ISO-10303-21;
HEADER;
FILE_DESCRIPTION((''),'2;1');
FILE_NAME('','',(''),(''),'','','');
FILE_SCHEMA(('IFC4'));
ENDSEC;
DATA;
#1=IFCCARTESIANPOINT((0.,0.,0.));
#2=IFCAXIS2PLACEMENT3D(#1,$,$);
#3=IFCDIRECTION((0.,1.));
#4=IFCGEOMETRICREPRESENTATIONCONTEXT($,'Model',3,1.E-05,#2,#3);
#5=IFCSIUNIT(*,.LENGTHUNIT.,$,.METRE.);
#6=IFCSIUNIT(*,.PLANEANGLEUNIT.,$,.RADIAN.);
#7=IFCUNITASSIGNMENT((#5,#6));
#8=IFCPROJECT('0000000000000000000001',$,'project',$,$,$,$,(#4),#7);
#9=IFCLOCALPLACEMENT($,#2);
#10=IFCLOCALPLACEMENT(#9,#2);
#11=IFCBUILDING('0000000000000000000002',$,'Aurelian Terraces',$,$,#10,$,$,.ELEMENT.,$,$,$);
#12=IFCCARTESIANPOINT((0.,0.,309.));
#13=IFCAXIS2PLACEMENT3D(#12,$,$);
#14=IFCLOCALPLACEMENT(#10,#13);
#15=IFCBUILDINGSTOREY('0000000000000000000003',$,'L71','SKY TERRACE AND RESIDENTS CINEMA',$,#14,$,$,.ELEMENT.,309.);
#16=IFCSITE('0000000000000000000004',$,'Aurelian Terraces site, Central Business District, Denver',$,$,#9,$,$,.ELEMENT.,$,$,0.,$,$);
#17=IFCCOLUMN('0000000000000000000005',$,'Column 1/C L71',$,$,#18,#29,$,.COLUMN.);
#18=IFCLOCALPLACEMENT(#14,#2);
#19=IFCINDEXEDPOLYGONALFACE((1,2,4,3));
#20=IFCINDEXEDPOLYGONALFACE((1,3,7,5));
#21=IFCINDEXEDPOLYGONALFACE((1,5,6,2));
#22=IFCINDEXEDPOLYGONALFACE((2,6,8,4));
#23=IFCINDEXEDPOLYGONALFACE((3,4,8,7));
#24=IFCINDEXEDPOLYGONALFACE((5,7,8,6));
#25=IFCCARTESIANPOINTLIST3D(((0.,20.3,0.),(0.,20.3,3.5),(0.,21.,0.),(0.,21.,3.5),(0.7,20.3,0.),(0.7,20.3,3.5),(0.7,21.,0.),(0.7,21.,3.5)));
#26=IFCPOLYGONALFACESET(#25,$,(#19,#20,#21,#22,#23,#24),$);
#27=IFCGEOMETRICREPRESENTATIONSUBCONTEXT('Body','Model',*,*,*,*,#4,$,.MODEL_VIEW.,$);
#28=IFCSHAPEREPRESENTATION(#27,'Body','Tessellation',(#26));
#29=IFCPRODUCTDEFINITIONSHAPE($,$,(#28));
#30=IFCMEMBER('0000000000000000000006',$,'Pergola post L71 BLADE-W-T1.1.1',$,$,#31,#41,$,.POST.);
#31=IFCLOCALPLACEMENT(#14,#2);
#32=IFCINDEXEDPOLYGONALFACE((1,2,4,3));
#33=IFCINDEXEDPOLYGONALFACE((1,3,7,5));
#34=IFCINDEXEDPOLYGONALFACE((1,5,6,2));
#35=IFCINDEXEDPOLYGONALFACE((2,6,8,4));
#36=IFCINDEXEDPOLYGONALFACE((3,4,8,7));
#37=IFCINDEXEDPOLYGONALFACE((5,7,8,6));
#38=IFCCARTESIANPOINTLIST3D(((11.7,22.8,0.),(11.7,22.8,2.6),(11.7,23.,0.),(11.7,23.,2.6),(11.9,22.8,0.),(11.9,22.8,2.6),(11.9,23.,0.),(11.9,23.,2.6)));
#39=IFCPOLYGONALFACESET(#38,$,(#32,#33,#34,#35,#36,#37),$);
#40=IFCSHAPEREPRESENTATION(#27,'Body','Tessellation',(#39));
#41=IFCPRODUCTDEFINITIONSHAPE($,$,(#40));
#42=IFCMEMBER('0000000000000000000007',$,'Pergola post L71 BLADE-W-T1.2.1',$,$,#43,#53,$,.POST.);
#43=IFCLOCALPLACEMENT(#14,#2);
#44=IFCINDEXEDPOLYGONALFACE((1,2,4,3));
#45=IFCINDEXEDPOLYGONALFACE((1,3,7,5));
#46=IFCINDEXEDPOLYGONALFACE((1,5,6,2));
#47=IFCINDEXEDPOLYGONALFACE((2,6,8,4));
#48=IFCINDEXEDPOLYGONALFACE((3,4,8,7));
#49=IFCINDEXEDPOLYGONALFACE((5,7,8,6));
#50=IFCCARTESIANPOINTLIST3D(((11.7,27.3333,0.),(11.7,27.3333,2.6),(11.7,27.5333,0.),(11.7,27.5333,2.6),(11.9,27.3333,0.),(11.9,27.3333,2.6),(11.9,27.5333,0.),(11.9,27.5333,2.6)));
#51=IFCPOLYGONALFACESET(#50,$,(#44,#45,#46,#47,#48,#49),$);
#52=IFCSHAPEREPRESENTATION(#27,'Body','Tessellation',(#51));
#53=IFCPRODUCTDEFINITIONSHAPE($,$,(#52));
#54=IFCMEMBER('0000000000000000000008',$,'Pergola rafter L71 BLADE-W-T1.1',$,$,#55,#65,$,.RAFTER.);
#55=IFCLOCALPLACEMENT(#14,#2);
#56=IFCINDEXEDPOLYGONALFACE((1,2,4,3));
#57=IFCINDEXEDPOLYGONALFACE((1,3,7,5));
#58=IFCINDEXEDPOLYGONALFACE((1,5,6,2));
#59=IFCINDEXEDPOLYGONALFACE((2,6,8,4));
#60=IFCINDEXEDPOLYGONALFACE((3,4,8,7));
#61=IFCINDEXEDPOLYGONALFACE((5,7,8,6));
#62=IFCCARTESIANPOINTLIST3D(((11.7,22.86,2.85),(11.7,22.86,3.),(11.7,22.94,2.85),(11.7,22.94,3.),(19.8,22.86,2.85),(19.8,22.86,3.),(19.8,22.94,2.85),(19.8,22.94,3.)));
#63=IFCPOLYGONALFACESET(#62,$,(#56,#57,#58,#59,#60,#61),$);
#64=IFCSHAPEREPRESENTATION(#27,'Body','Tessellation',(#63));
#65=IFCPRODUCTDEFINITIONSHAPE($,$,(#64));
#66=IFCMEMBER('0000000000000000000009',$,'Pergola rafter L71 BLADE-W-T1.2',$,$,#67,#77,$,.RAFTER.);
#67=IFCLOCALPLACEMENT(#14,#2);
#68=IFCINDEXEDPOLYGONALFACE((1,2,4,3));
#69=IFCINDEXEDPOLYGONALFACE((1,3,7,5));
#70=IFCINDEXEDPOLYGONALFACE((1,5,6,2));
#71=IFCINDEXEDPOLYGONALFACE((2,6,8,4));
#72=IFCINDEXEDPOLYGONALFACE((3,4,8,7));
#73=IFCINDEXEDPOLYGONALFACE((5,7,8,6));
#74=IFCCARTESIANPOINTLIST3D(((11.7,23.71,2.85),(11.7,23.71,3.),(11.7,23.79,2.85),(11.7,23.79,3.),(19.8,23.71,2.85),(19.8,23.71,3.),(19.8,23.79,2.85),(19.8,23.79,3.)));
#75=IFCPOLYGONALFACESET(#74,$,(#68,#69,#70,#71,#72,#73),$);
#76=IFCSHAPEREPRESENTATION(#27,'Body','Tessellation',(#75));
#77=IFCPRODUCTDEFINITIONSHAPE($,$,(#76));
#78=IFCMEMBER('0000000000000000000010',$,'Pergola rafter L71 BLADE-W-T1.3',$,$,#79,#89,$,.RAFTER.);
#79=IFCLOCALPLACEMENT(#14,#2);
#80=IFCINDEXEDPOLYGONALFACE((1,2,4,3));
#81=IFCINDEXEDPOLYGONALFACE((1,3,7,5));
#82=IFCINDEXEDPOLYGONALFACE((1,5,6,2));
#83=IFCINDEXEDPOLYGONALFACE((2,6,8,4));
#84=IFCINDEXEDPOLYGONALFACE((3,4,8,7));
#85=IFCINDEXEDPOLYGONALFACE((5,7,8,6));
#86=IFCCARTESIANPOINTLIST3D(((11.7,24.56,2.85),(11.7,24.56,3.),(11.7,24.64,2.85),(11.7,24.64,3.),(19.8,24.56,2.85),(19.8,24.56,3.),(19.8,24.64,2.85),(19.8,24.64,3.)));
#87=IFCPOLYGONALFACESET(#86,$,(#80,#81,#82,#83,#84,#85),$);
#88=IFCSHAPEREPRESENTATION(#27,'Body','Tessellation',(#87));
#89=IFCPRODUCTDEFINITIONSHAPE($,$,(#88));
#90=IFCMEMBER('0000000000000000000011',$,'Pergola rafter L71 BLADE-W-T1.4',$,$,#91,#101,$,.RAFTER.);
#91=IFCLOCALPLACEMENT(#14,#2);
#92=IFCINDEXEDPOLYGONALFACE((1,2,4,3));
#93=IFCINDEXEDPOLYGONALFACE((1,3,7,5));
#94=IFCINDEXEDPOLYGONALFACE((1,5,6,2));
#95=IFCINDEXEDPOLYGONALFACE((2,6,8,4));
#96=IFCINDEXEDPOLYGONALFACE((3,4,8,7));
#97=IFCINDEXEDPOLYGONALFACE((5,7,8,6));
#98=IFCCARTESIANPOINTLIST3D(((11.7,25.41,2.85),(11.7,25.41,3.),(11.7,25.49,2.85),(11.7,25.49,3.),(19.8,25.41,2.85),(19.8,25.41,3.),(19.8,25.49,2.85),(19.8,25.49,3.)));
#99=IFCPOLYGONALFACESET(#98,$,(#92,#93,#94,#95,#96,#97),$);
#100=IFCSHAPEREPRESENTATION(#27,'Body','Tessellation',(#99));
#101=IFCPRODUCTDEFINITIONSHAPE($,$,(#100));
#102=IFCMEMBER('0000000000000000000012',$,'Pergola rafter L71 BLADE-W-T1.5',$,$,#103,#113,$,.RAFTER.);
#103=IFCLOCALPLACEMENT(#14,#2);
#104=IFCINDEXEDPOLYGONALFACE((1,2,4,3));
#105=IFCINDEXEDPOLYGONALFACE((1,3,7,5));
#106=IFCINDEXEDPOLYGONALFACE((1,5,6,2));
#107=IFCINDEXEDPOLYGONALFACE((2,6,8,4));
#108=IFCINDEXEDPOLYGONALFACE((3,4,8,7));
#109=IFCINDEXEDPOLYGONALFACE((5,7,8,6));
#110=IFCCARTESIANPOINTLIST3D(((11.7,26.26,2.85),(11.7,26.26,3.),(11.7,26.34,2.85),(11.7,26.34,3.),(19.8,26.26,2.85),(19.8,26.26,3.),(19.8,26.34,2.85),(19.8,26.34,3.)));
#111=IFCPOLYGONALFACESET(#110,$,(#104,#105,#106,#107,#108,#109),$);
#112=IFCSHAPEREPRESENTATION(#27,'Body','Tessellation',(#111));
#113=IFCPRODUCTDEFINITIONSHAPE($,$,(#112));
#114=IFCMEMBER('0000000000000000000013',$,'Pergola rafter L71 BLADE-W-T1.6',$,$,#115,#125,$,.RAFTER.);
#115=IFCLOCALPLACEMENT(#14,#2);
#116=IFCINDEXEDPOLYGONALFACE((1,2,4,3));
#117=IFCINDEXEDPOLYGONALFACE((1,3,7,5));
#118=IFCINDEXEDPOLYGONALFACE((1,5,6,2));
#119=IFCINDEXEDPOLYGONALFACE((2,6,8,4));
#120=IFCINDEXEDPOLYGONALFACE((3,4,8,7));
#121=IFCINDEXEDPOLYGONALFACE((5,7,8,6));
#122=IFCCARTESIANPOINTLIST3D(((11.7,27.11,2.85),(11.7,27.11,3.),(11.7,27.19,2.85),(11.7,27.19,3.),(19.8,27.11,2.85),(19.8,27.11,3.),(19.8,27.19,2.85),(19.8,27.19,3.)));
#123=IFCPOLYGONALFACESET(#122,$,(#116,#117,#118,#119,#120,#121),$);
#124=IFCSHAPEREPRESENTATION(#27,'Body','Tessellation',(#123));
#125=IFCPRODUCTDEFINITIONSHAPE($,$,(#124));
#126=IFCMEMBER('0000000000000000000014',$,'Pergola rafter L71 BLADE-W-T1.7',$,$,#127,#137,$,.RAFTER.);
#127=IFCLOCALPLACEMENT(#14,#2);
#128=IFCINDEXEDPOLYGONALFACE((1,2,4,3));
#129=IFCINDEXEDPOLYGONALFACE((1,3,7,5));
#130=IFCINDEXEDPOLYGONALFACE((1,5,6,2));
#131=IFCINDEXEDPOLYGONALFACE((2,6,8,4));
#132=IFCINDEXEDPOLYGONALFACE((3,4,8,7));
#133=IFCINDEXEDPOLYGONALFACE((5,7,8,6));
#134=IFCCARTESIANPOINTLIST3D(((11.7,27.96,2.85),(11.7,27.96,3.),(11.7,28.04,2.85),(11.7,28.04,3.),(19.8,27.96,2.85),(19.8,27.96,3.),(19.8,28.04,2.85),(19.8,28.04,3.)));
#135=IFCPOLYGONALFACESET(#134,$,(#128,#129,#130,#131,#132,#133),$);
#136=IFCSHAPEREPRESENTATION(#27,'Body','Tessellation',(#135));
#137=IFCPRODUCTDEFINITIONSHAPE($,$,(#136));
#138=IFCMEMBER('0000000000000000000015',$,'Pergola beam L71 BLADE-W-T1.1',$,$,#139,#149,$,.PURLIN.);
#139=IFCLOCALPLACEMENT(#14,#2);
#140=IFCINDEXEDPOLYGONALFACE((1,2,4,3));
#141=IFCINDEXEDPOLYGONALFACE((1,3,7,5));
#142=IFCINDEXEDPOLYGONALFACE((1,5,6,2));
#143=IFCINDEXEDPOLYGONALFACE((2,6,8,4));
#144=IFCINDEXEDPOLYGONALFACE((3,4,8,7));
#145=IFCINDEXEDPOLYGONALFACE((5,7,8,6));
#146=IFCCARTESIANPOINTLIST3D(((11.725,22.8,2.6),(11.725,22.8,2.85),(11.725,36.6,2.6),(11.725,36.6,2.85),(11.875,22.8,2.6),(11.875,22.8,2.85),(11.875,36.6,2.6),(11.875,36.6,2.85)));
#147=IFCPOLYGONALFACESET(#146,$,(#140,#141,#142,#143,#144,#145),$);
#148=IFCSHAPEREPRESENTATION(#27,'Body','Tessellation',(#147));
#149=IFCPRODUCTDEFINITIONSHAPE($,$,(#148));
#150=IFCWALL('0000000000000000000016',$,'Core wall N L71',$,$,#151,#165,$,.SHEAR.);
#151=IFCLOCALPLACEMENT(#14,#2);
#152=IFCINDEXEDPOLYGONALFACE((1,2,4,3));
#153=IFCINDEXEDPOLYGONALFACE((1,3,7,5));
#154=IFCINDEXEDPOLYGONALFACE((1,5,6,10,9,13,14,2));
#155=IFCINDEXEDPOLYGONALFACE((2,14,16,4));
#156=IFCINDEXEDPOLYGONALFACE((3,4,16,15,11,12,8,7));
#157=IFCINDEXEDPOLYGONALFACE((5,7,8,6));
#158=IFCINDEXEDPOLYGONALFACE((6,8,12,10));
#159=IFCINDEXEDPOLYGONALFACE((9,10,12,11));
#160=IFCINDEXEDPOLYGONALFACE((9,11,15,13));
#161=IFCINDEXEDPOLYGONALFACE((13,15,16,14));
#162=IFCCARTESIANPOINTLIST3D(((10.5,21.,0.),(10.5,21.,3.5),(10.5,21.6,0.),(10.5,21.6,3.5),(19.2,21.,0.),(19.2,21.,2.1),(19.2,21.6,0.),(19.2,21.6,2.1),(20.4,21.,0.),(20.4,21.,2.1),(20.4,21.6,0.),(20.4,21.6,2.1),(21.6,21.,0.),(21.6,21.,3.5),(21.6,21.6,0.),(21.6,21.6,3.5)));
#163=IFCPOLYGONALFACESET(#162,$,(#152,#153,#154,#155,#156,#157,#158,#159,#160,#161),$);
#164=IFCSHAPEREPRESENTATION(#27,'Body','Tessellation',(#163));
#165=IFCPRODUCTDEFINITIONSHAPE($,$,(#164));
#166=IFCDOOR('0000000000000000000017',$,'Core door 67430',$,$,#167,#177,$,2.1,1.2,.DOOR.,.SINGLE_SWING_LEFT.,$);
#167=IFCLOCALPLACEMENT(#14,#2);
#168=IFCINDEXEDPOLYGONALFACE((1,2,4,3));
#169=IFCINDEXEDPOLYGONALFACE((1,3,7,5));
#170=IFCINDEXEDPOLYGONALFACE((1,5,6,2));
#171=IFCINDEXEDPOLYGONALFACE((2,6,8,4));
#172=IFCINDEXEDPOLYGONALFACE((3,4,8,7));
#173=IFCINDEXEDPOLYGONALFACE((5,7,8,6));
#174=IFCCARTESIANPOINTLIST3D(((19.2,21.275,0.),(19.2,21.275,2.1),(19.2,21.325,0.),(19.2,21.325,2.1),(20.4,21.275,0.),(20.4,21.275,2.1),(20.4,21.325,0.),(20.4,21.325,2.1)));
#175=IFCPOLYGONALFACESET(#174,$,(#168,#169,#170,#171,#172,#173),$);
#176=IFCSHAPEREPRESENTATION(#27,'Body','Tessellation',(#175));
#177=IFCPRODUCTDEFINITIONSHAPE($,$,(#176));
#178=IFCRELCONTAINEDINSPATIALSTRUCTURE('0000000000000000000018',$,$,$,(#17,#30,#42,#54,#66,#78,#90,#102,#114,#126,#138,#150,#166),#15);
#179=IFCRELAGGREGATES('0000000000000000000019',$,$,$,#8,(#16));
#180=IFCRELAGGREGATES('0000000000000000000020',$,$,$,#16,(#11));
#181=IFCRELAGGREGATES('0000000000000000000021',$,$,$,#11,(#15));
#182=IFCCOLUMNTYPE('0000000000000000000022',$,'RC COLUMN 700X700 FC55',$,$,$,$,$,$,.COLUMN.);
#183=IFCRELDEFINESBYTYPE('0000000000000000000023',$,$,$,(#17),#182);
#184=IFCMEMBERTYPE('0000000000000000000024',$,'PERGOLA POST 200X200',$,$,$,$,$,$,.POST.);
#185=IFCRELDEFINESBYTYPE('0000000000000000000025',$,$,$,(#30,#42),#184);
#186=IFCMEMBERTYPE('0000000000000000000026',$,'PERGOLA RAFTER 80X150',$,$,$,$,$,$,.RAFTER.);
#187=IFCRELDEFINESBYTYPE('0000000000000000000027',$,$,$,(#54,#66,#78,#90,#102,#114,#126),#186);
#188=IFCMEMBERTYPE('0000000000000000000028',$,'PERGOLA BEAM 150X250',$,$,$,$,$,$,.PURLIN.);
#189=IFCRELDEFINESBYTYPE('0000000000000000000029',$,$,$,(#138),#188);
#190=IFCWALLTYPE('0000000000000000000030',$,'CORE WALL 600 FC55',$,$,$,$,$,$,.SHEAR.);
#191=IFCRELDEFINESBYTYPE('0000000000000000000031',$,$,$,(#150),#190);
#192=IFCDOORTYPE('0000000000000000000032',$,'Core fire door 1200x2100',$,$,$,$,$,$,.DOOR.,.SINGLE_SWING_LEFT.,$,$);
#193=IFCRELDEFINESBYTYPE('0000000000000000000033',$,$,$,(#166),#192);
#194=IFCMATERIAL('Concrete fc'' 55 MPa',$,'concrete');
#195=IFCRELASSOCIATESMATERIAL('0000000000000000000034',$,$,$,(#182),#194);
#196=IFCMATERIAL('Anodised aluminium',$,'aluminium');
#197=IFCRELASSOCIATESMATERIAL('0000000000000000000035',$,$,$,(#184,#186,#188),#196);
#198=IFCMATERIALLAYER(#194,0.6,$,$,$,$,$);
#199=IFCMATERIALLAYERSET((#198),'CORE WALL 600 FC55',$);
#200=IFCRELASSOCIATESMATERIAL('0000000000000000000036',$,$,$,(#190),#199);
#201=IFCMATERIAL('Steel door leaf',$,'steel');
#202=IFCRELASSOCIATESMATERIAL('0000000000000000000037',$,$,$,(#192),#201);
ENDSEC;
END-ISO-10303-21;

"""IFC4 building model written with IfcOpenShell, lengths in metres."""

from ifc_helpers import new_model, si_unit, direction, frame, frame_2d, origin, origin_2d, place, context, subcontext, project, spatial, rectangle, extrude, source, transform, mapped, material, layer, layer_set, material_profile, profile_set, type_object, element, fill, save


model = new_model("IFC4")

# Units and contexts
model_context = context("Model", 3, precision=1e-05, world=origin(), true_north=direction((0.0, 1.0)))
body_context = subcontext(model_context, "Body", "Model", "MODEL_VIEW")
ifc_project = project(units=[si_unit("LENGTHUNIT", "METRE"), si_unit("PLANEANGLEUNIT", "RADIAN")], contexts=[model_context])

# Site, building, storey
site_placement = place(None, origin())
site = spatial("IfcSite", under=ifc_project, at=site_placement, Name="Aurelian Terraces site, Central Business District, Denver", CompositionType="ELEMENT", RefElevation=0.0)
building_placement = place(site_placement, origin())
building = spatial("IfcBuilding", under=site, at=building_placement, Name="Aurelian Terraces", CompositionType="ELEMENT")
storey_placement = place(building_placement, frame((0.0, 0.0, 309.0)))
storey = spatial("IfcBuildingStorey", under=building, at=storey_placement, Name="L71", Description="SKY TERRACE AND RESIDENTS CINEMA", CompositionType="ELEMENT", Elevation=309.0)

# Column
ifc_material_1 = material(Name="Concrete fc' 55 MPa", Category="concrete")
ifc_material_profile_1 = material_profile(ifc_material_1, rectangle(XDim=0.7, YDim=0.7, at=origin_2d()))
ifc_profile_set_1 = profile_set([ifc_material_profile_1], Name="Concrete fc' 55 MPa")
column_type = type_object("IfcColumnType", Name="RC COLUMN 700X700 FC55", PredefinedType="COLUMN", material=ifc_profile_set_1)
shared_shape_1 = source(origin(), body_context, "Body", "SweptSolid", [
    extrude(rectangle(XDim=0.7, YDim=0.7, at=origin_2d()), origin(), (0.0, 0.0, 1.0), 3.5),
])
column_placement = place(storey_placement, frame((0.35, 20.65, 0.0), z_axis=(0.0, 0.0, 1.0), x_axis=(1.0, 0.0, 0.0)))
element("IfcColumn", 1, at=column_placement, inside=storey, type_object=column_type, Name="Column 1/C L71", PredefinedType="COLUMN", context=body_context, shape_type="MappedRepresentation", body=[
    mapped(shared_shape_1, transform((0.0, 0.0, 0.0), scale=1.0)),
])

# Members
ifc_material_2 = material(Name="Anodised aluminium", Category="aluminium")
ifc_material_profile_2 = material_profile(ifc_material_2, rectangle(XDim=0.2, YDim=0.2, at=origin_2d()))
ifc_profile_set_2 = profile_set([ifc_material_profile_2], Name="Anodised aluminium")
member_type_1 = type_object("IfcMemberType", Name="PERGOLA POST 200X200", PredefinedType="POST", material=ifc_profile_set_2)
shared_shape_2 = source(origin(), body_context, "Body", "SweptSolid", [
    extrude(rectangle(XDim=0.2, YDim=0.2, at=origin_2d()), origin(), (0.0, 0.0, 1.0), 2.6),
])
for number, where, z_axis, x_axis, name in (
    (2, (11.8, 22.9, 0.0), (0.0, 0.0, 1.0), (1.0, 0.0, 0.0), "Pergola post L71 BLADE-W-T1.1.1"),
    (3, (11.8, 27.4333, 0.0), (0.0, 0.0, 1.0), (1.0, 0.0, 0.0), "Pergola post L71 BLADE-W-T1.2.1"),
):
    element("IfcMember", number, at=place(storey_placement, frame(where, z_axis=z_axis, x_axis=x_axis)), inside=storey, type_object=member_type_1, Name=name, PredefinedType="POST", context=body_context, shape_type="MappedRepresentation", body=[
        mapped(shared_shape_2, transform((0.0, 0.0, 0.0), scale=1.0)),
    ])
ifc_material_profile_3 = material_profile(ifc_material_2, rectangle(XDim=0.08, YDim=0.15, at=origin_2d()))
ifc_profile_set_3 = profile_set([ifc_material_profile_3], Name="Anodised aluminium")
member_type_2 = type_object("IfcMemberType", Name="PERGOLA RAFTER 80X150", PredefinedType="RAFTER", material=ifc_profile_set_3)
shared_shape_3 = source(origin(), body_context, "Body", "SweptSolid", [
    extrude(rectangle(XDim=0.08, YDim=0.15, at=origin_2d()), origin(), (0.0, 0.0, 1.0), 8.1),
])
for number, where, z_axis, x_axis, name in (
    (4, (11.7, 22.9, 2.925), (1.0, 0.0, 0.0), (0.0, 1.0, 0.0), "Pergola rafter L71 BLADE-W-T1.1"),
    (5, (11.7, 23.75, 2.925), (1.0, 0.0, 0.0), (0.0, 1.0, 0.0), "Pergola rafter L71 BLADE-W-T1.2"),
    (6, (11.7, 24.6, 2.925), (1.0, 0.0, 0.0), (0.0, 1.0, 0.0), "Pergola rafter L71 BLADE-W-T1.3"),
    (7, (11.7, 25.45, 2.925), (1.0, 0.0, 0.0), (0.0, 1.0, 0.0), "Pergola rafter L71 BLADE-W-T1.4"),
    (8, (11.7, 26.3, 2.925), (1.0, 0.0, 0.0), (0.0, 1.0, 0.0), "Pergola rafter L71 BLADE-W-T1.5"),
    (9, (11.7, 27.15, 2.925), (1.0, 0.0, 0.0), (0.0, 1.0, 0.0), "Pergola rafter L71 BLADE-W-T1.6"),
    (10, (11.7, 28.0, 2.925), (1.0, 0.0, 0.0), (0.0, 1.0, 0.0), "Pergola rafter L71 BLADE-W-T1.7"),
):
    element("IfcMember", number, at=place(storey_placement, frame(where, z_axis=z_axis, x_axis=x_axis)), inside=storey, type_object=member_type_2, Name=name, PredefinedType="RAFTER", context=body_context, shape_type="MappedRepresentation", body=[
        mapped(shared_shape_3, transform((0.0, 0.0, 0.0), scale=1.0)),
    ])
ifc_material_profile_4 = material_profile(ifc_material_2, rectangle(XDim=0.15, YDim=0.25, at=origin_2d()))
ifc_profile_set_4 = profile_set([ifc_material_profile_4], Name="Anodised aluminium")
member_type_3 = type_object("IfcMemberType", Name="PERGOLA BEAM 150X250", PredefinedType="PURLIN", material=ifc_profile_set_4)
shared_shape_4 = source(origin(), body_context, "Body", "SweptSolid", [
    extrude(rectangle(XDim=0.15, YDim=0.25, at=origin_2d()), origin(), (0.0, 0.0, 1.0), 13.8),
])
member_placement = place(storey_placement, frame((11.8, 22.8, 2.725), z_axis=(0.0, 1.0, 0.0), x_axis=(-1.0, 0.0, 0.0)))
element("IfcMember", 11, at=member_placement, inside=storey, type_object=member_type_3, Name="Pergola beam L71 BLADE-W-T1.1", PredefinedType="PURLIN", context=body_context, shape_type="MappedRepresentation", body=[
    mapped(shared_shape_4, transform((0.0, 0.0, 0.0), scale=1.0)),
])

# Wall, opening, door
ifc_layer_1 = layer(ifc_material_1, 0.6)
ifc_layer_set_1 = layer_set([ifc_layer_1], Name="CORE WALL 600 FC55")
wall_type_1 = type_object("IfcWallType", Name="CORE WALL 600 FC55", PredefinedType="SHEAR", material=ifc_layer_set_1)
shared_shape_5 = source(origin(), body_context, "Body", "SweptSolid", [
    extrude(rectangle(XDim=11.1, YDim=0.6, at=frame_2d((5.55, 0.0))), origin(), (0.0, 0.0, 1.0), 3.5),
])
wall_1_placement = place(storey_placement, frame((10.5, 21.3, 0.0), z_axis=(0.0, 0.0, 1.0), x_axis=(1.0, 0.0, 0.0)))
wall_1 = element("IfcWall", 12, at=wall_1_placement, inside=storey, type_object=wall_type_1, Name="Core wall N L71", PredefinedType="SHEAR", context=body_context, shape_type="MappedRepresentation", body=[
    mapped(shared_shape_5, transform((0.0, 0.0, 0.0), scale=1.0)),
])
shared_shape_6 = source(origin(), body_context, "Body", "SweptSolid", [
    extrude(rectangle(XDim=1.2, YDim=2.1, at=frame_2d((0.6, 1.05))), frame((0.0, 0.31, 0.0), z_axis=(0.0, -1.0, 0.0), x_axis=(1.0, 0.0, 0.0)), (0.0, 0.0, 1.0), 0.62),
])
opening_1_placement = place(wall_1_placement, frame((8.7, 0.0, 0.0)))
opening_1 = element("IfcOpeningElement", 13, at=opening_1_placement, cuts=wall_1, PredefinedType="OPENING", context=body_context, shape_type="MappedRepresentation", body=[
    mapped(shared_shape_6, transform((0.0, 0.0, 0.0), scale=1.0)),
])
ifc_material_3 = material(Name="Steel door leaf", Category="steel")
door_type = type_object("IfcDoorType", Name="Core fire door 1200x2100", OperationType="SINGLE_SWING_LEFT", PredefinedType="DOOR", material=ifc_material_3)
shared_shape_7 = source(origin(), body_context, "Body", "SweptSolid", [
    extrude(rectangle(XDim=1.2, YDim=2.1, at=frame_2d((0.6, 1.05))), frame((0.0, 0.025, 0.0), z_axis=(0.0, -1.0, 0.0), x_axis=(1.0, 0.0, 0.0)), (0.0, 0.0, 1.0), 0.05),
])
door_placement = place(opening_1_placement, origin())
door = element("IfcDoor", 14, at=door_placement, inside=storey, type_object=door_type, Name="Core door 67430", OperationType="SINGLE_SWING_LEFT", OverallHeight=2.1, OverallWidth=1.2, PredefinedType="DOOR", context=body_context, shape_type="MappedRepresentation", body=[
    mapped(shared_shape_7, transform((0.0, 0.0, 0.0), scale=1.0)),
])
fill(opening_1, door)

save(model, "model.ifc")
